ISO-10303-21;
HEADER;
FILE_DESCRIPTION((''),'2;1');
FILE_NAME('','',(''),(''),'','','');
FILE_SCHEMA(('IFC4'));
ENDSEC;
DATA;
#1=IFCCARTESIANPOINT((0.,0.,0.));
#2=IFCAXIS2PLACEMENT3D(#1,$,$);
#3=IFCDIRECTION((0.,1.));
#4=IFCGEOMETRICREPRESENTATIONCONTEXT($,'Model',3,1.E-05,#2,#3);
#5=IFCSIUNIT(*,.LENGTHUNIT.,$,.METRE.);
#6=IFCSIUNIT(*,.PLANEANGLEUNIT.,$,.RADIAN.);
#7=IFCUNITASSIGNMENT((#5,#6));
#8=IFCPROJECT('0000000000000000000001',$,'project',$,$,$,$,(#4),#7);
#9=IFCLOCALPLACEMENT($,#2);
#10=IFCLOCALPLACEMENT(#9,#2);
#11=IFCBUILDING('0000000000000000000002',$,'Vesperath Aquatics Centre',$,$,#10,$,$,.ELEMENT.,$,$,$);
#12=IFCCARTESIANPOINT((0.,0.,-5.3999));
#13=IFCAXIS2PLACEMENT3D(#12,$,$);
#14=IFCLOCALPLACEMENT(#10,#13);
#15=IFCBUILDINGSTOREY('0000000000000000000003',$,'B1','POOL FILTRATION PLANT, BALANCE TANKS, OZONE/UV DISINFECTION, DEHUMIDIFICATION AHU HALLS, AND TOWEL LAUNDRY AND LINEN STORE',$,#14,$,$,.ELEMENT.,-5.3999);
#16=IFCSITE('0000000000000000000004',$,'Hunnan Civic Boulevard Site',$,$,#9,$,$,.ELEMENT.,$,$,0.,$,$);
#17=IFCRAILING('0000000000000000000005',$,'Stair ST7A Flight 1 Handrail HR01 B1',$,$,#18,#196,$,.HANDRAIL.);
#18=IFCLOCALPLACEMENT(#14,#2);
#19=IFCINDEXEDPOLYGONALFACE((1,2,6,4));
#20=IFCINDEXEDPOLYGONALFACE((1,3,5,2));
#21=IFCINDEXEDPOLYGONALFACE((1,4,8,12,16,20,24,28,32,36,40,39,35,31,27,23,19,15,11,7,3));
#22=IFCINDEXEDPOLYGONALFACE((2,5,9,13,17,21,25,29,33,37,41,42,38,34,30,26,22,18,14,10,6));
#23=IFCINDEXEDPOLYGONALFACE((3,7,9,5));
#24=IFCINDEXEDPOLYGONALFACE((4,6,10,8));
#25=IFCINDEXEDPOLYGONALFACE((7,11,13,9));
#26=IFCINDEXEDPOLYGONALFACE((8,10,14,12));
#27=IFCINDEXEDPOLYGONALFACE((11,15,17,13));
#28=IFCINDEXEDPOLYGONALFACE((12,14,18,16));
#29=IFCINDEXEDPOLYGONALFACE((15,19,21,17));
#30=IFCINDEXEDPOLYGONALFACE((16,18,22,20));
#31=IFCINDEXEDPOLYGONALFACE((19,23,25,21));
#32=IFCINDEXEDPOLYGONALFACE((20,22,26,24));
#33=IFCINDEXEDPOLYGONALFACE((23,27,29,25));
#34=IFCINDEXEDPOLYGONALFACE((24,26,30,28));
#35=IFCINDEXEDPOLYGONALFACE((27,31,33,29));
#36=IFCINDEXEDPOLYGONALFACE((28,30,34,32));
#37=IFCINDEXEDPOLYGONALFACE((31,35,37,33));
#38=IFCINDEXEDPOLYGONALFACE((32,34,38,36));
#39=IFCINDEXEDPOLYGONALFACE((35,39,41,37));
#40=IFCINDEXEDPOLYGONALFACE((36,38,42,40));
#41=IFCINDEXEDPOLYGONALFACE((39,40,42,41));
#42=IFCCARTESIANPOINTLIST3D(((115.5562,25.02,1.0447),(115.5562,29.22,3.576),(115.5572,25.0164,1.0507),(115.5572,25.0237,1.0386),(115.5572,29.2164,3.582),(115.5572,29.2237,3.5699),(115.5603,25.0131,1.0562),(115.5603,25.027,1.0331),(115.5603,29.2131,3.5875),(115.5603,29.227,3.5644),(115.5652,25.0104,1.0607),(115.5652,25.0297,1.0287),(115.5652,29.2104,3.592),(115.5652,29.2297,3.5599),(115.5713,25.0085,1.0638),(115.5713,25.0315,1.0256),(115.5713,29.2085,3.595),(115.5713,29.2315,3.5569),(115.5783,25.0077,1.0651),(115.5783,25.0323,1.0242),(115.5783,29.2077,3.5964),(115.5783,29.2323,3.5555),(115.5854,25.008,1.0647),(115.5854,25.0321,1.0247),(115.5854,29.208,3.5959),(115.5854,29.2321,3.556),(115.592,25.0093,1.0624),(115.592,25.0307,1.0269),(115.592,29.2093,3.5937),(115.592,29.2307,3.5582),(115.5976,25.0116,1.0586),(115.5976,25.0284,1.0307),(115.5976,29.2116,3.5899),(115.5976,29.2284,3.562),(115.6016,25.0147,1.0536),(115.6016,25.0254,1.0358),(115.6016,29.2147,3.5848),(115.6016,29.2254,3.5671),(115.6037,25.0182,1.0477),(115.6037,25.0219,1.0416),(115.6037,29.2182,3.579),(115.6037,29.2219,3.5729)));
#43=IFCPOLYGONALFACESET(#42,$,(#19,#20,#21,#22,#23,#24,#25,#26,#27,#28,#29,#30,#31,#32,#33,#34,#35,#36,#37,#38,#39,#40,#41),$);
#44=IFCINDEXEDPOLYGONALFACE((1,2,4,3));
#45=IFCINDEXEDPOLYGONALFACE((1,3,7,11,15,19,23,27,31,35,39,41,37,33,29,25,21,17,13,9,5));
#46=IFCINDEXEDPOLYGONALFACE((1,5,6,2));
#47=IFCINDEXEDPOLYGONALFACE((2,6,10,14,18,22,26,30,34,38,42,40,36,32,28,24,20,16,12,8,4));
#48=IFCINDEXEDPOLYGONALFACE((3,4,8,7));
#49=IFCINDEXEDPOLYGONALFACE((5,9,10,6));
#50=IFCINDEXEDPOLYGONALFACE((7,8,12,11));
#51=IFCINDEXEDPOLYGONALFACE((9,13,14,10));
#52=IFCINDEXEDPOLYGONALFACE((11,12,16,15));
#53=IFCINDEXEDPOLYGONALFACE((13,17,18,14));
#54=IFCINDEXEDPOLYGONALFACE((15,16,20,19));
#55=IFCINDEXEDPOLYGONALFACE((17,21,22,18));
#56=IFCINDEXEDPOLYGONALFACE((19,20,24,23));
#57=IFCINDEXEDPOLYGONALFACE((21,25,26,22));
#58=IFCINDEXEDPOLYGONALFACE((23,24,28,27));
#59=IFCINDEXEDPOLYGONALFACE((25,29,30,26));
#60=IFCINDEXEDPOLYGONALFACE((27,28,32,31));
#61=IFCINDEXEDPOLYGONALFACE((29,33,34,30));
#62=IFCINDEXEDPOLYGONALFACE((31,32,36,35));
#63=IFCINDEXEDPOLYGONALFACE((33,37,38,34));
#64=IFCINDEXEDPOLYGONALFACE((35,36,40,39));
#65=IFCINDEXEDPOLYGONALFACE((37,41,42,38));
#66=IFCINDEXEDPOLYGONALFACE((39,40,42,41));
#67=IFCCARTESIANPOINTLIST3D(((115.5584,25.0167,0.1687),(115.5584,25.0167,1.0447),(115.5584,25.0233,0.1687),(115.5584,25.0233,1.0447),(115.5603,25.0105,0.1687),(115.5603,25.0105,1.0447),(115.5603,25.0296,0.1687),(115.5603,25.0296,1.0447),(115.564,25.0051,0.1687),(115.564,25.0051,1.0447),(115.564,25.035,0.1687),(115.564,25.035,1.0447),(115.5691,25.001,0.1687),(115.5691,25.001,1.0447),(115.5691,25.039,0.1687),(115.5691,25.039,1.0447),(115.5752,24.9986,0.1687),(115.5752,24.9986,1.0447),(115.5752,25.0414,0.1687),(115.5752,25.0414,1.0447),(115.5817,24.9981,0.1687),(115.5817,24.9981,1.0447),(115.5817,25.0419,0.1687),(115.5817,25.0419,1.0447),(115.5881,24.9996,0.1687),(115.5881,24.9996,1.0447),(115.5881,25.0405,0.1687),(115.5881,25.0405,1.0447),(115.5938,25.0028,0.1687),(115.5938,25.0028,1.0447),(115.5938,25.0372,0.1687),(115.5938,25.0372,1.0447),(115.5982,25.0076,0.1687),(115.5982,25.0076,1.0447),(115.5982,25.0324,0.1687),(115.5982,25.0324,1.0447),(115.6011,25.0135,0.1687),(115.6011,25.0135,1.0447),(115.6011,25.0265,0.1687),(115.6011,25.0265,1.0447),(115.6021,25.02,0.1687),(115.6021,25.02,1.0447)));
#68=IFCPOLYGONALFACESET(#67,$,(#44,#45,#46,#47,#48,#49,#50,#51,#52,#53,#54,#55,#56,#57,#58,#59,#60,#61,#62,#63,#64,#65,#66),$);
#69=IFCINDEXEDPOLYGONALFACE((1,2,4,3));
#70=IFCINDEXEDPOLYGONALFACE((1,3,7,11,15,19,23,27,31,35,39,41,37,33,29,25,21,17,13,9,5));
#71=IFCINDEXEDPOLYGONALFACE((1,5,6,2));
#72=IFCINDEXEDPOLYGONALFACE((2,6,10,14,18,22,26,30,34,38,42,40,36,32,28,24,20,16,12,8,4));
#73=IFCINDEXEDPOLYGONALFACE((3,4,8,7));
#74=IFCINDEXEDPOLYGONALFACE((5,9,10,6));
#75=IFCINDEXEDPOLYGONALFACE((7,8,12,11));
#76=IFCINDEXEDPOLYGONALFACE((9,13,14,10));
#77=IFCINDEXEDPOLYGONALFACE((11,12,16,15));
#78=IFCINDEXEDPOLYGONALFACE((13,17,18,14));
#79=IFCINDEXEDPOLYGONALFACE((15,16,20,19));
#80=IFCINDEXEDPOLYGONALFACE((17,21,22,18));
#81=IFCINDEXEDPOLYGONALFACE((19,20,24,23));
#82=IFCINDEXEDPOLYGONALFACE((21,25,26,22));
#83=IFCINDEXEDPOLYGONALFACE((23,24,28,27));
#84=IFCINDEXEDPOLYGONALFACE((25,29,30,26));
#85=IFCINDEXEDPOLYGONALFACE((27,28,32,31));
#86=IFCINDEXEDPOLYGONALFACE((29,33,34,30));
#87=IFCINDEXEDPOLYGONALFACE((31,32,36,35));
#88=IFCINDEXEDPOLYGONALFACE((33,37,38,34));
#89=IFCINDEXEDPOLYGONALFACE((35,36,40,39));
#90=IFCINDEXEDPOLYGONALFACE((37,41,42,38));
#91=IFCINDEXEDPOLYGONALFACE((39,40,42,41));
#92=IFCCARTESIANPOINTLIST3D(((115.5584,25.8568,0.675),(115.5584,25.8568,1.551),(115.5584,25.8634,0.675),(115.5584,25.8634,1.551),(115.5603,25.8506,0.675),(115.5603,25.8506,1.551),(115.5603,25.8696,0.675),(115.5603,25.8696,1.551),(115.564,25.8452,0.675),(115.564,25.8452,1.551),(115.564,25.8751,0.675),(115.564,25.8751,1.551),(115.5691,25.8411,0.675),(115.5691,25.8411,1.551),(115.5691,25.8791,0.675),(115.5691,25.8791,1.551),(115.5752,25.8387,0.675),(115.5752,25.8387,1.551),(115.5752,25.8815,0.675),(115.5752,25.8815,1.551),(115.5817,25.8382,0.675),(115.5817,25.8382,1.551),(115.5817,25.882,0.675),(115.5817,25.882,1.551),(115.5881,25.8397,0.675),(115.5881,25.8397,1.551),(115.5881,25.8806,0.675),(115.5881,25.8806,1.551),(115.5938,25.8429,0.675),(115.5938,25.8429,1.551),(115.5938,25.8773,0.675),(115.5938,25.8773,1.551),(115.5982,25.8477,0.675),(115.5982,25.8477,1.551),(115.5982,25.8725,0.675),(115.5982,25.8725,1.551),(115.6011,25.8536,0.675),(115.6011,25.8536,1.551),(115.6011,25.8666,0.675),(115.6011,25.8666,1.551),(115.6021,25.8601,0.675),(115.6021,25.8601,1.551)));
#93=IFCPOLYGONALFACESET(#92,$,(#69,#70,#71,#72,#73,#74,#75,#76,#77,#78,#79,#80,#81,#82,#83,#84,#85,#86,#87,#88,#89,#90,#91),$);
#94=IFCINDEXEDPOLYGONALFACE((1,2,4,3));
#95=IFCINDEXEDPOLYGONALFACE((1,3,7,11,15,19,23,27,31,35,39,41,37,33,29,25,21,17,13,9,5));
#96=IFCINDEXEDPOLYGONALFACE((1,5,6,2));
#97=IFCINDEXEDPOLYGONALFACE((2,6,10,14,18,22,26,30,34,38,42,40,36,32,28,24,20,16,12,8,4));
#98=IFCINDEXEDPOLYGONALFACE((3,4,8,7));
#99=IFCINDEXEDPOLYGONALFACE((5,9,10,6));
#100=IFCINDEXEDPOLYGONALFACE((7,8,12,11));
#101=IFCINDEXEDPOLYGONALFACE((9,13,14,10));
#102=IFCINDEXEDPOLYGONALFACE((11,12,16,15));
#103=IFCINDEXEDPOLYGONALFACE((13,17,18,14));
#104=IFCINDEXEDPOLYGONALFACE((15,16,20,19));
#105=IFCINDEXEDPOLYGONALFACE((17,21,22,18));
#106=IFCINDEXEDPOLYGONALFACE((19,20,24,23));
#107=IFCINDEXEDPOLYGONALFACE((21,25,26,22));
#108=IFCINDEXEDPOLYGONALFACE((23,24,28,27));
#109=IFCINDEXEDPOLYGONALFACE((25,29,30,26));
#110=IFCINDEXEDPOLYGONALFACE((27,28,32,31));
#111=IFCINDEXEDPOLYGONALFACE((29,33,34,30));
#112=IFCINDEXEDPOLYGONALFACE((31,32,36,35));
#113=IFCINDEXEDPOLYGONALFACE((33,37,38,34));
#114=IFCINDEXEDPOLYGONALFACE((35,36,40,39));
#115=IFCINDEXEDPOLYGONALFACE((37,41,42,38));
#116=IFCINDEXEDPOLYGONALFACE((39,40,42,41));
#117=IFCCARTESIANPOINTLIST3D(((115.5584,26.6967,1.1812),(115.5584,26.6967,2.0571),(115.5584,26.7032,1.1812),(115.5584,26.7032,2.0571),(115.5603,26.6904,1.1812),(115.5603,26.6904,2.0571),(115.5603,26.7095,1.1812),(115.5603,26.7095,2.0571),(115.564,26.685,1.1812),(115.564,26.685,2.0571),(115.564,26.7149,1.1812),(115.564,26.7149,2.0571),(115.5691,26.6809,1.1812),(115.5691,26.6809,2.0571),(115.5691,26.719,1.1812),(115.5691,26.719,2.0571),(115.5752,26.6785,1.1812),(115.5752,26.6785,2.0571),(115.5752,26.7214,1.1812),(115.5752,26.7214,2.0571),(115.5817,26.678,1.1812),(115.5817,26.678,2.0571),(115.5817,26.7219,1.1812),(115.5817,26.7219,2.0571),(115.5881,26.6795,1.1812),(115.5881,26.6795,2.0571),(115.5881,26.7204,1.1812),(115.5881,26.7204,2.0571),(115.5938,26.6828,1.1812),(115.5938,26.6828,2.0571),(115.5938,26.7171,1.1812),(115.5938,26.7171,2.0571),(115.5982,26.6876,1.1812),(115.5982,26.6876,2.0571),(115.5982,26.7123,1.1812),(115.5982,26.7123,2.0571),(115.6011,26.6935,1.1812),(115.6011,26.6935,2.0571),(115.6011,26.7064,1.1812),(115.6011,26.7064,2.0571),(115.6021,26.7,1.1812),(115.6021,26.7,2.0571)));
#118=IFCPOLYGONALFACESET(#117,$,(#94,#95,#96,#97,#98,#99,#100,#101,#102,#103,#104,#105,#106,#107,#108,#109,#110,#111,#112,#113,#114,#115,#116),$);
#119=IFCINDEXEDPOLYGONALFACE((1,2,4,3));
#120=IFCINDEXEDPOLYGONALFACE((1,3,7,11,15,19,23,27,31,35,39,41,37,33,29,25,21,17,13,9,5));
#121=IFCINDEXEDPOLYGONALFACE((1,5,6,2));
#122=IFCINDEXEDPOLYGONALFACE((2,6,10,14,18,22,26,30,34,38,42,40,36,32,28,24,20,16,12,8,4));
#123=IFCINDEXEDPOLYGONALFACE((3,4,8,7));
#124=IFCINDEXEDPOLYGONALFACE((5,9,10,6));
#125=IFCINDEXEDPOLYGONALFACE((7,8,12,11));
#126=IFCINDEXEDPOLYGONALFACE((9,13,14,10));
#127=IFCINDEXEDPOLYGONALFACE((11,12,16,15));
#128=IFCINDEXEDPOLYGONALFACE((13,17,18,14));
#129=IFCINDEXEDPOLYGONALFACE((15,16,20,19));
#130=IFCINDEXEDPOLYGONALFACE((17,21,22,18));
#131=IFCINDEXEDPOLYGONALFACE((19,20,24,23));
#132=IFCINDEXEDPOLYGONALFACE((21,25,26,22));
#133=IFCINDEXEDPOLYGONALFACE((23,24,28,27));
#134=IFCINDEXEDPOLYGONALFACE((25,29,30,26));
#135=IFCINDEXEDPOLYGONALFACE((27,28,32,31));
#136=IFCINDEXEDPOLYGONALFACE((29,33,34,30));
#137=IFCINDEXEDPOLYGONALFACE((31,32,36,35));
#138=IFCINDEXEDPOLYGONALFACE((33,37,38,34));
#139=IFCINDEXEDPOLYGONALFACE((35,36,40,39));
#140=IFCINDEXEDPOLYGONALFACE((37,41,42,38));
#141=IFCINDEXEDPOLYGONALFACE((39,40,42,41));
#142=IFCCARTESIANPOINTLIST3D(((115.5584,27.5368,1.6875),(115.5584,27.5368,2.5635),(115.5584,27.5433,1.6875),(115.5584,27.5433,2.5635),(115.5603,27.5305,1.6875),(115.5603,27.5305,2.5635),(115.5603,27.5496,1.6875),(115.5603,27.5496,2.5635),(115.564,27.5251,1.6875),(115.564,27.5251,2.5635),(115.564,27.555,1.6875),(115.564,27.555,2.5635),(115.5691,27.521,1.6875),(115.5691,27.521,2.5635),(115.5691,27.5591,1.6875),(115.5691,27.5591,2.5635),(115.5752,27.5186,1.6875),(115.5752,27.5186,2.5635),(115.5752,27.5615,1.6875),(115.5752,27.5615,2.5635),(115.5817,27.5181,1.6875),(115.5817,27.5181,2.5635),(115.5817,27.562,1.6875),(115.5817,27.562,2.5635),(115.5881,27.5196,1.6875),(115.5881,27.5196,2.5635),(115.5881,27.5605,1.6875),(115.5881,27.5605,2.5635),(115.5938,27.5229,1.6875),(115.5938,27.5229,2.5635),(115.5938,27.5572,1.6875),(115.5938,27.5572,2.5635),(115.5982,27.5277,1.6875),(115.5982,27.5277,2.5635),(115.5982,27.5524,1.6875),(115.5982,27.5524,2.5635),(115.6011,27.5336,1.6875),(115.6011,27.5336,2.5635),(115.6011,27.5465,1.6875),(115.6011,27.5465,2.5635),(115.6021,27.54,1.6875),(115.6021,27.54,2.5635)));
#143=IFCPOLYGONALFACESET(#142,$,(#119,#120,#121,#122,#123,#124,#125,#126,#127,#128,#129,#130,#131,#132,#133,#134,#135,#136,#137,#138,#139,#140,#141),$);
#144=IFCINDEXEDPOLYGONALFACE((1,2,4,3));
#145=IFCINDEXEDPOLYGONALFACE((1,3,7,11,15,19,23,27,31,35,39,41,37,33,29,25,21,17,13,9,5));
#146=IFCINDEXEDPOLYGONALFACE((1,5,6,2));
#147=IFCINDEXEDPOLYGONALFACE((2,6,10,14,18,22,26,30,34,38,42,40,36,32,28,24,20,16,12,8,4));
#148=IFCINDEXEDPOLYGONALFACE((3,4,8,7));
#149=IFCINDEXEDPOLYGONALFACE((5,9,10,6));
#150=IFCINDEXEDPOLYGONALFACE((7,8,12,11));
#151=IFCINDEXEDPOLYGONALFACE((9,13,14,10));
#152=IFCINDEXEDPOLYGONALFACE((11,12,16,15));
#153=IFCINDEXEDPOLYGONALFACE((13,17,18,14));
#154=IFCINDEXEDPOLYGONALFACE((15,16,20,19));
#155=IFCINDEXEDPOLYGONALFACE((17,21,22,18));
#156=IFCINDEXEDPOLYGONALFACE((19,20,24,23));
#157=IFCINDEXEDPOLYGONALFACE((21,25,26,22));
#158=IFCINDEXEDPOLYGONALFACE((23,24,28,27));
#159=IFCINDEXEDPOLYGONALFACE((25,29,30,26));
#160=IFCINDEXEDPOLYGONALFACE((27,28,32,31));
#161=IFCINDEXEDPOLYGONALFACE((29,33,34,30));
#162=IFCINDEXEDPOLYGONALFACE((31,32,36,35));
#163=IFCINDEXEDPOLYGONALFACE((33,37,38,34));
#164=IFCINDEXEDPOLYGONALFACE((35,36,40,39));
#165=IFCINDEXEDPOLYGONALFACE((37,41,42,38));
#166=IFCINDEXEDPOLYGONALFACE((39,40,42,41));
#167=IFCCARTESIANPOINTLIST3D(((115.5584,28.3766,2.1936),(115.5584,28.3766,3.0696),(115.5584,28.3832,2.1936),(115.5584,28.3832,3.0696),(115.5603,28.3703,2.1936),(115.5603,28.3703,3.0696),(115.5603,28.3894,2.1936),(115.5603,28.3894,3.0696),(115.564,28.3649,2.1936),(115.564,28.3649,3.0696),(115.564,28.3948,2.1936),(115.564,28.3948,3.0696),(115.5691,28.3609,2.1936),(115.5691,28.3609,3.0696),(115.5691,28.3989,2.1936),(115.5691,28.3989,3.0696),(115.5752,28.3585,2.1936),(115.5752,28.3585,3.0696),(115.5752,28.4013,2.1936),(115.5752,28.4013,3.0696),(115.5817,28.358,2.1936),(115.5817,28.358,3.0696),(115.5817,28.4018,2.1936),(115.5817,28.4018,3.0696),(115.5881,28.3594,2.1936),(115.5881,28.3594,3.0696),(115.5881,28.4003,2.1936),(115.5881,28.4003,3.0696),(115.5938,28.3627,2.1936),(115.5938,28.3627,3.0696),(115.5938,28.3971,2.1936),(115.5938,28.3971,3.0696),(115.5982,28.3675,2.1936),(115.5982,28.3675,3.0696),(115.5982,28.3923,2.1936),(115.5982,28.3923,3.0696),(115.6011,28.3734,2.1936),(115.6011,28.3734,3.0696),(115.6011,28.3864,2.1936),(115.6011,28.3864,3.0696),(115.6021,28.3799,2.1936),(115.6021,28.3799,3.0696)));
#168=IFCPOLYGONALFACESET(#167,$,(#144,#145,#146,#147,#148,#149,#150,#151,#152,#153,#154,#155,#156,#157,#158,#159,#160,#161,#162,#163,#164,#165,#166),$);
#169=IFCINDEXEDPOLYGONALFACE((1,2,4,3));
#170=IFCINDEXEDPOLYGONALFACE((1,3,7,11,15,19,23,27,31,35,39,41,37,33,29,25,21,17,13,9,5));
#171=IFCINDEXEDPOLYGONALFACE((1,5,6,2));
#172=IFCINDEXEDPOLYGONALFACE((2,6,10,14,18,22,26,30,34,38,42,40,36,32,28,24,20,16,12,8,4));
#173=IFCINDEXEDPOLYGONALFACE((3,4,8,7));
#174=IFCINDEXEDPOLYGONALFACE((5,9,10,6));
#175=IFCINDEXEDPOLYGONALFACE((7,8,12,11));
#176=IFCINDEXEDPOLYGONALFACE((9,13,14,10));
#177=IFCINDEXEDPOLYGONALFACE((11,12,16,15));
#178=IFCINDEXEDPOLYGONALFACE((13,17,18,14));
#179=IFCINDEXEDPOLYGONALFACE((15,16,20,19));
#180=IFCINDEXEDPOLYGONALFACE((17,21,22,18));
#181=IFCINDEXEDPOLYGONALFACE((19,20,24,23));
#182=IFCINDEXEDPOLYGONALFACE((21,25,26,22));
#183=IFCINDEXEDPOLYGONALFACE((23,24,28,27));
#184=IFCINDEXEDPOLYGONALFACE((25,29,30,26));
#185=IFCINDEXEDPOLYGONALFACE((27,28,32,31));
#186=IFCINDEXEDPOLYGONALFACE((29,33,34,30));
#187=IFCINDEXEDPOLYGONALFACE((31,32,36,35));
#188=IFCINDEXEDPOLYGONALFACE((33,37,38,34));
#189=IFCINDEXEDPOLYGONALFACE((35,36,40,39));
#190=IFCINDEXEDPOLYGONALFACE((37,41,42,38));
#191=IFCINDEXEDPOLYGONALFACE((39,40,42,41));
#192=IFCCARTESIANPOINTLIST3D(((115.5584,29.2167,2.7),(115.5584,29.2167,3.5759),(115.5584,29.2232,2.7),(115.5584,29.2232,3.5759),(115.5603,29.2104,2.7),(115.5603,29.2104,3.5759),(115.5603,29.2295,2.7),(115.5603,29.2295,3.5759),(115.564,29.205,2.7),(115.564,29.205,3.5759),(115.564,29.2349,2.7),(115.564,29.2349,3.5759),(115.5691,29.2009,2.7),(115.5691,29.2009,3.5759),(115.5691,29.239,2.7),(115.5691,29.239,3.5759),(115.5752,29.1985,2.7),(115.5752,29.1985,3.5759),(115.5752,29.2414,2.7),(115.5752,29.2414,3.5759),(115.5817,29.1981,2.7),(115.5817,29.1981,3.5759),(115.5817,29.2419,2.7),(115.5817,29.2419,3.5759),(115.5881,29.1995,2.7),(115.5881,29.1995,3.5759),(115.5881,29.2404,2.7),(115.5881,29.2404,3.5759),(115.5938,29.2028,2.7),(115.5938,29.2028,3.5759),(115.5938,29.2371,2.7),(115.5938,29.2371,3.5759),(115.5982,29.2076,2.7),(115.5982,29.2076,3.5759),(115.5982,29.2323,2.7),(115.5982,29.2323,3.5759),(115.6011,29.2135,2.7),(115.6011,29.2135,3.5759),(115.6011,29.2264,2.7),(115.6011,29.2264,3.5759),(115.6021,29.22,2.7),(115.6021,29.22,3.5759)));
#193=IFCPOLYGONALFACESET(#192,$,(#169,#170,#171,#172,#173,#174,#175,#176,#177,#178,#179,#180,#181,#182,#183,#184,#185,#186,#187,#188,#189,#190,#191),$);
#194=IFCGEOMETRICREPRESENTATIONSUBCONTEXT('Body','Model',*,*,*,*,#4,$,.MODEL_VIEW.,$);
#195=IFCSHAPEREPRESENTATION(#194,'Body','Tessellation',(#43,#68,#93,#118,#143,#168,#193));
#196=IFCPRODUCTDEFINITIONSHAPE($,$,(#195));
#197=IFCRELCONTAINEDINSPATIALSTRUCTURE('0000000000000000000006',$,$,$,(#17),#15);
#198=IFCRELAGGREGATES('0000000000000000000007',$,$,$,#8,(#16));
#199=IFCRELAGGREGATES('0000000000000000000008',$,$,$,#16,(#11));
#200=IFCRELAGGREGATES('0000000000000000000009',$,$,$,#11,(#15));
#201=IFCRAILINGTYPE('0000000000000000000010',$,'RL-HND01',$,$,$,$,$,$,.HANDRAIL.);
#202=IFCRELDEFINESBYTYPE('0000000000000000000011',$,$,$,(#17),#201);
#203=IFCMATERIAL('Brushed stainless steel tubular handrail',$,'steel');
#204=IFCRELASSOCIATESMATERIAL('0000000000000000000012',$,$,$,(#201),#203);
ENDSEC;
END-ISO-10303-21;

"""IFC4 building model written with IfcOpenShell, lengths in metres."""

from ifc_helpers import new_model, si_unit, direction, frame, origin, origin_2d, place, context, subcontext, project, spatial, circle, extrude, material, type_object, element, save


model = new_model("IFC4")

# Units and contexts
model_context = context("Model", 3, precision=1e-05, world=origin(), true_north=direction((0.0, 1.0)))
body_context = subcontext(model_context, "Body", "Model", "MODEL_VIEW")
ifc_project = project(units=[si_unit("LENGTHUNIT", "METRE"), si_unit("PLANEANGLEUNIT", "RADIAN")], contexts=[model_context])

# Site, building, storey
site_placement = place(None, origin())
site = spatial("IfcSite", under=ifc_project, at=site_placement, Name="Hunnan Civic Boulevard Site", CompositionType="ELEMENT", RefElevation=0.0)
building_placement = place(site_placement, origin())
building = spatial("IfcBuilding", under=site, at=building_placement, Name="Vesperath Aquatics Centre", CompositionType="ELEMENT")
storey_placement = place(building_placement, frame((0.0, 0.0, -5.3999)))
storey = spatial("IfcBuildingStorey", under=building, at=storey_placement, Name="B1", Description="POOL FILTRATION PLANT, BALANCE TANKS, OZONE/UV DISINFECTION, DEHUMIDIFICATION AHU HALLS, AND TOWEL LAUNDRY AND LINEN STORE", CompositionType="ELEMENT", Elevation=-5.3999)

# Railing
ifc_material_1 = material(Name="Brushed stainless steel tubular handrail", Category="steel")
railing_type_1 = type_object("IfcRailingType", Name="RL-HND01", PredefinedType="HANDRAIL", material=ifc_material_1)
railing_1_placement = place(storey_placement, frame((115.5801, 25.02, 0.1687)))
element("IfcRailing", 1, at=railing_1_placement, inside=storey, type_object=railing_type_1, Name="Stair ST7A Flight 1 Handrail HR01 B1", PredefinedType="HANDRAIL", context=body_context, shape_type="SweptSolid", body=[
    extrude(circle(Radius=0.0239, at=origin_2d()), frame((0.0, 0.0, 0.876), z_axis=(0.0, 0.856476, 0.516186), x_axis=(-1.0, 0.0, 0.0)), (0.0, 0.0, 1.0), 4.9038),
    extrude(circle(Radius=0.022, at=origin_2d()), origin(), (0.0, 0.0, 1.0), 0.876),
    extrude(circle(Radius=0.022, at=origin_2d()), frame((0.0, 0.8401, 0.5063)), (0.0, 0.0, 1.0), 0.876),
    extrude(circle(Radius=0.022, at=origin_2d()), frame((0.0, 1.6799, 1.0125)), (0.0, 0.0, 1.0), 0.876),
    extrude(circle(Radius=0.022, at=origin_2d()), frame((0.0, 2.52, 1.5188)), (0.0, 0.0, 1.0), 0.876),
    extrude(circle(Radius=0.022, at=origin_2d()), frame((0.0, 3.3599, 2.0249)), (0.0, 0.0, 1.0), 0.876),
    extrude(circle(Radius=0.022, at=origin_2d()), frame((0.0, 4.2, 2.5312)), (0.0, 0.0, 1.0), 0.876),
])

save(model, "model.ifc")
